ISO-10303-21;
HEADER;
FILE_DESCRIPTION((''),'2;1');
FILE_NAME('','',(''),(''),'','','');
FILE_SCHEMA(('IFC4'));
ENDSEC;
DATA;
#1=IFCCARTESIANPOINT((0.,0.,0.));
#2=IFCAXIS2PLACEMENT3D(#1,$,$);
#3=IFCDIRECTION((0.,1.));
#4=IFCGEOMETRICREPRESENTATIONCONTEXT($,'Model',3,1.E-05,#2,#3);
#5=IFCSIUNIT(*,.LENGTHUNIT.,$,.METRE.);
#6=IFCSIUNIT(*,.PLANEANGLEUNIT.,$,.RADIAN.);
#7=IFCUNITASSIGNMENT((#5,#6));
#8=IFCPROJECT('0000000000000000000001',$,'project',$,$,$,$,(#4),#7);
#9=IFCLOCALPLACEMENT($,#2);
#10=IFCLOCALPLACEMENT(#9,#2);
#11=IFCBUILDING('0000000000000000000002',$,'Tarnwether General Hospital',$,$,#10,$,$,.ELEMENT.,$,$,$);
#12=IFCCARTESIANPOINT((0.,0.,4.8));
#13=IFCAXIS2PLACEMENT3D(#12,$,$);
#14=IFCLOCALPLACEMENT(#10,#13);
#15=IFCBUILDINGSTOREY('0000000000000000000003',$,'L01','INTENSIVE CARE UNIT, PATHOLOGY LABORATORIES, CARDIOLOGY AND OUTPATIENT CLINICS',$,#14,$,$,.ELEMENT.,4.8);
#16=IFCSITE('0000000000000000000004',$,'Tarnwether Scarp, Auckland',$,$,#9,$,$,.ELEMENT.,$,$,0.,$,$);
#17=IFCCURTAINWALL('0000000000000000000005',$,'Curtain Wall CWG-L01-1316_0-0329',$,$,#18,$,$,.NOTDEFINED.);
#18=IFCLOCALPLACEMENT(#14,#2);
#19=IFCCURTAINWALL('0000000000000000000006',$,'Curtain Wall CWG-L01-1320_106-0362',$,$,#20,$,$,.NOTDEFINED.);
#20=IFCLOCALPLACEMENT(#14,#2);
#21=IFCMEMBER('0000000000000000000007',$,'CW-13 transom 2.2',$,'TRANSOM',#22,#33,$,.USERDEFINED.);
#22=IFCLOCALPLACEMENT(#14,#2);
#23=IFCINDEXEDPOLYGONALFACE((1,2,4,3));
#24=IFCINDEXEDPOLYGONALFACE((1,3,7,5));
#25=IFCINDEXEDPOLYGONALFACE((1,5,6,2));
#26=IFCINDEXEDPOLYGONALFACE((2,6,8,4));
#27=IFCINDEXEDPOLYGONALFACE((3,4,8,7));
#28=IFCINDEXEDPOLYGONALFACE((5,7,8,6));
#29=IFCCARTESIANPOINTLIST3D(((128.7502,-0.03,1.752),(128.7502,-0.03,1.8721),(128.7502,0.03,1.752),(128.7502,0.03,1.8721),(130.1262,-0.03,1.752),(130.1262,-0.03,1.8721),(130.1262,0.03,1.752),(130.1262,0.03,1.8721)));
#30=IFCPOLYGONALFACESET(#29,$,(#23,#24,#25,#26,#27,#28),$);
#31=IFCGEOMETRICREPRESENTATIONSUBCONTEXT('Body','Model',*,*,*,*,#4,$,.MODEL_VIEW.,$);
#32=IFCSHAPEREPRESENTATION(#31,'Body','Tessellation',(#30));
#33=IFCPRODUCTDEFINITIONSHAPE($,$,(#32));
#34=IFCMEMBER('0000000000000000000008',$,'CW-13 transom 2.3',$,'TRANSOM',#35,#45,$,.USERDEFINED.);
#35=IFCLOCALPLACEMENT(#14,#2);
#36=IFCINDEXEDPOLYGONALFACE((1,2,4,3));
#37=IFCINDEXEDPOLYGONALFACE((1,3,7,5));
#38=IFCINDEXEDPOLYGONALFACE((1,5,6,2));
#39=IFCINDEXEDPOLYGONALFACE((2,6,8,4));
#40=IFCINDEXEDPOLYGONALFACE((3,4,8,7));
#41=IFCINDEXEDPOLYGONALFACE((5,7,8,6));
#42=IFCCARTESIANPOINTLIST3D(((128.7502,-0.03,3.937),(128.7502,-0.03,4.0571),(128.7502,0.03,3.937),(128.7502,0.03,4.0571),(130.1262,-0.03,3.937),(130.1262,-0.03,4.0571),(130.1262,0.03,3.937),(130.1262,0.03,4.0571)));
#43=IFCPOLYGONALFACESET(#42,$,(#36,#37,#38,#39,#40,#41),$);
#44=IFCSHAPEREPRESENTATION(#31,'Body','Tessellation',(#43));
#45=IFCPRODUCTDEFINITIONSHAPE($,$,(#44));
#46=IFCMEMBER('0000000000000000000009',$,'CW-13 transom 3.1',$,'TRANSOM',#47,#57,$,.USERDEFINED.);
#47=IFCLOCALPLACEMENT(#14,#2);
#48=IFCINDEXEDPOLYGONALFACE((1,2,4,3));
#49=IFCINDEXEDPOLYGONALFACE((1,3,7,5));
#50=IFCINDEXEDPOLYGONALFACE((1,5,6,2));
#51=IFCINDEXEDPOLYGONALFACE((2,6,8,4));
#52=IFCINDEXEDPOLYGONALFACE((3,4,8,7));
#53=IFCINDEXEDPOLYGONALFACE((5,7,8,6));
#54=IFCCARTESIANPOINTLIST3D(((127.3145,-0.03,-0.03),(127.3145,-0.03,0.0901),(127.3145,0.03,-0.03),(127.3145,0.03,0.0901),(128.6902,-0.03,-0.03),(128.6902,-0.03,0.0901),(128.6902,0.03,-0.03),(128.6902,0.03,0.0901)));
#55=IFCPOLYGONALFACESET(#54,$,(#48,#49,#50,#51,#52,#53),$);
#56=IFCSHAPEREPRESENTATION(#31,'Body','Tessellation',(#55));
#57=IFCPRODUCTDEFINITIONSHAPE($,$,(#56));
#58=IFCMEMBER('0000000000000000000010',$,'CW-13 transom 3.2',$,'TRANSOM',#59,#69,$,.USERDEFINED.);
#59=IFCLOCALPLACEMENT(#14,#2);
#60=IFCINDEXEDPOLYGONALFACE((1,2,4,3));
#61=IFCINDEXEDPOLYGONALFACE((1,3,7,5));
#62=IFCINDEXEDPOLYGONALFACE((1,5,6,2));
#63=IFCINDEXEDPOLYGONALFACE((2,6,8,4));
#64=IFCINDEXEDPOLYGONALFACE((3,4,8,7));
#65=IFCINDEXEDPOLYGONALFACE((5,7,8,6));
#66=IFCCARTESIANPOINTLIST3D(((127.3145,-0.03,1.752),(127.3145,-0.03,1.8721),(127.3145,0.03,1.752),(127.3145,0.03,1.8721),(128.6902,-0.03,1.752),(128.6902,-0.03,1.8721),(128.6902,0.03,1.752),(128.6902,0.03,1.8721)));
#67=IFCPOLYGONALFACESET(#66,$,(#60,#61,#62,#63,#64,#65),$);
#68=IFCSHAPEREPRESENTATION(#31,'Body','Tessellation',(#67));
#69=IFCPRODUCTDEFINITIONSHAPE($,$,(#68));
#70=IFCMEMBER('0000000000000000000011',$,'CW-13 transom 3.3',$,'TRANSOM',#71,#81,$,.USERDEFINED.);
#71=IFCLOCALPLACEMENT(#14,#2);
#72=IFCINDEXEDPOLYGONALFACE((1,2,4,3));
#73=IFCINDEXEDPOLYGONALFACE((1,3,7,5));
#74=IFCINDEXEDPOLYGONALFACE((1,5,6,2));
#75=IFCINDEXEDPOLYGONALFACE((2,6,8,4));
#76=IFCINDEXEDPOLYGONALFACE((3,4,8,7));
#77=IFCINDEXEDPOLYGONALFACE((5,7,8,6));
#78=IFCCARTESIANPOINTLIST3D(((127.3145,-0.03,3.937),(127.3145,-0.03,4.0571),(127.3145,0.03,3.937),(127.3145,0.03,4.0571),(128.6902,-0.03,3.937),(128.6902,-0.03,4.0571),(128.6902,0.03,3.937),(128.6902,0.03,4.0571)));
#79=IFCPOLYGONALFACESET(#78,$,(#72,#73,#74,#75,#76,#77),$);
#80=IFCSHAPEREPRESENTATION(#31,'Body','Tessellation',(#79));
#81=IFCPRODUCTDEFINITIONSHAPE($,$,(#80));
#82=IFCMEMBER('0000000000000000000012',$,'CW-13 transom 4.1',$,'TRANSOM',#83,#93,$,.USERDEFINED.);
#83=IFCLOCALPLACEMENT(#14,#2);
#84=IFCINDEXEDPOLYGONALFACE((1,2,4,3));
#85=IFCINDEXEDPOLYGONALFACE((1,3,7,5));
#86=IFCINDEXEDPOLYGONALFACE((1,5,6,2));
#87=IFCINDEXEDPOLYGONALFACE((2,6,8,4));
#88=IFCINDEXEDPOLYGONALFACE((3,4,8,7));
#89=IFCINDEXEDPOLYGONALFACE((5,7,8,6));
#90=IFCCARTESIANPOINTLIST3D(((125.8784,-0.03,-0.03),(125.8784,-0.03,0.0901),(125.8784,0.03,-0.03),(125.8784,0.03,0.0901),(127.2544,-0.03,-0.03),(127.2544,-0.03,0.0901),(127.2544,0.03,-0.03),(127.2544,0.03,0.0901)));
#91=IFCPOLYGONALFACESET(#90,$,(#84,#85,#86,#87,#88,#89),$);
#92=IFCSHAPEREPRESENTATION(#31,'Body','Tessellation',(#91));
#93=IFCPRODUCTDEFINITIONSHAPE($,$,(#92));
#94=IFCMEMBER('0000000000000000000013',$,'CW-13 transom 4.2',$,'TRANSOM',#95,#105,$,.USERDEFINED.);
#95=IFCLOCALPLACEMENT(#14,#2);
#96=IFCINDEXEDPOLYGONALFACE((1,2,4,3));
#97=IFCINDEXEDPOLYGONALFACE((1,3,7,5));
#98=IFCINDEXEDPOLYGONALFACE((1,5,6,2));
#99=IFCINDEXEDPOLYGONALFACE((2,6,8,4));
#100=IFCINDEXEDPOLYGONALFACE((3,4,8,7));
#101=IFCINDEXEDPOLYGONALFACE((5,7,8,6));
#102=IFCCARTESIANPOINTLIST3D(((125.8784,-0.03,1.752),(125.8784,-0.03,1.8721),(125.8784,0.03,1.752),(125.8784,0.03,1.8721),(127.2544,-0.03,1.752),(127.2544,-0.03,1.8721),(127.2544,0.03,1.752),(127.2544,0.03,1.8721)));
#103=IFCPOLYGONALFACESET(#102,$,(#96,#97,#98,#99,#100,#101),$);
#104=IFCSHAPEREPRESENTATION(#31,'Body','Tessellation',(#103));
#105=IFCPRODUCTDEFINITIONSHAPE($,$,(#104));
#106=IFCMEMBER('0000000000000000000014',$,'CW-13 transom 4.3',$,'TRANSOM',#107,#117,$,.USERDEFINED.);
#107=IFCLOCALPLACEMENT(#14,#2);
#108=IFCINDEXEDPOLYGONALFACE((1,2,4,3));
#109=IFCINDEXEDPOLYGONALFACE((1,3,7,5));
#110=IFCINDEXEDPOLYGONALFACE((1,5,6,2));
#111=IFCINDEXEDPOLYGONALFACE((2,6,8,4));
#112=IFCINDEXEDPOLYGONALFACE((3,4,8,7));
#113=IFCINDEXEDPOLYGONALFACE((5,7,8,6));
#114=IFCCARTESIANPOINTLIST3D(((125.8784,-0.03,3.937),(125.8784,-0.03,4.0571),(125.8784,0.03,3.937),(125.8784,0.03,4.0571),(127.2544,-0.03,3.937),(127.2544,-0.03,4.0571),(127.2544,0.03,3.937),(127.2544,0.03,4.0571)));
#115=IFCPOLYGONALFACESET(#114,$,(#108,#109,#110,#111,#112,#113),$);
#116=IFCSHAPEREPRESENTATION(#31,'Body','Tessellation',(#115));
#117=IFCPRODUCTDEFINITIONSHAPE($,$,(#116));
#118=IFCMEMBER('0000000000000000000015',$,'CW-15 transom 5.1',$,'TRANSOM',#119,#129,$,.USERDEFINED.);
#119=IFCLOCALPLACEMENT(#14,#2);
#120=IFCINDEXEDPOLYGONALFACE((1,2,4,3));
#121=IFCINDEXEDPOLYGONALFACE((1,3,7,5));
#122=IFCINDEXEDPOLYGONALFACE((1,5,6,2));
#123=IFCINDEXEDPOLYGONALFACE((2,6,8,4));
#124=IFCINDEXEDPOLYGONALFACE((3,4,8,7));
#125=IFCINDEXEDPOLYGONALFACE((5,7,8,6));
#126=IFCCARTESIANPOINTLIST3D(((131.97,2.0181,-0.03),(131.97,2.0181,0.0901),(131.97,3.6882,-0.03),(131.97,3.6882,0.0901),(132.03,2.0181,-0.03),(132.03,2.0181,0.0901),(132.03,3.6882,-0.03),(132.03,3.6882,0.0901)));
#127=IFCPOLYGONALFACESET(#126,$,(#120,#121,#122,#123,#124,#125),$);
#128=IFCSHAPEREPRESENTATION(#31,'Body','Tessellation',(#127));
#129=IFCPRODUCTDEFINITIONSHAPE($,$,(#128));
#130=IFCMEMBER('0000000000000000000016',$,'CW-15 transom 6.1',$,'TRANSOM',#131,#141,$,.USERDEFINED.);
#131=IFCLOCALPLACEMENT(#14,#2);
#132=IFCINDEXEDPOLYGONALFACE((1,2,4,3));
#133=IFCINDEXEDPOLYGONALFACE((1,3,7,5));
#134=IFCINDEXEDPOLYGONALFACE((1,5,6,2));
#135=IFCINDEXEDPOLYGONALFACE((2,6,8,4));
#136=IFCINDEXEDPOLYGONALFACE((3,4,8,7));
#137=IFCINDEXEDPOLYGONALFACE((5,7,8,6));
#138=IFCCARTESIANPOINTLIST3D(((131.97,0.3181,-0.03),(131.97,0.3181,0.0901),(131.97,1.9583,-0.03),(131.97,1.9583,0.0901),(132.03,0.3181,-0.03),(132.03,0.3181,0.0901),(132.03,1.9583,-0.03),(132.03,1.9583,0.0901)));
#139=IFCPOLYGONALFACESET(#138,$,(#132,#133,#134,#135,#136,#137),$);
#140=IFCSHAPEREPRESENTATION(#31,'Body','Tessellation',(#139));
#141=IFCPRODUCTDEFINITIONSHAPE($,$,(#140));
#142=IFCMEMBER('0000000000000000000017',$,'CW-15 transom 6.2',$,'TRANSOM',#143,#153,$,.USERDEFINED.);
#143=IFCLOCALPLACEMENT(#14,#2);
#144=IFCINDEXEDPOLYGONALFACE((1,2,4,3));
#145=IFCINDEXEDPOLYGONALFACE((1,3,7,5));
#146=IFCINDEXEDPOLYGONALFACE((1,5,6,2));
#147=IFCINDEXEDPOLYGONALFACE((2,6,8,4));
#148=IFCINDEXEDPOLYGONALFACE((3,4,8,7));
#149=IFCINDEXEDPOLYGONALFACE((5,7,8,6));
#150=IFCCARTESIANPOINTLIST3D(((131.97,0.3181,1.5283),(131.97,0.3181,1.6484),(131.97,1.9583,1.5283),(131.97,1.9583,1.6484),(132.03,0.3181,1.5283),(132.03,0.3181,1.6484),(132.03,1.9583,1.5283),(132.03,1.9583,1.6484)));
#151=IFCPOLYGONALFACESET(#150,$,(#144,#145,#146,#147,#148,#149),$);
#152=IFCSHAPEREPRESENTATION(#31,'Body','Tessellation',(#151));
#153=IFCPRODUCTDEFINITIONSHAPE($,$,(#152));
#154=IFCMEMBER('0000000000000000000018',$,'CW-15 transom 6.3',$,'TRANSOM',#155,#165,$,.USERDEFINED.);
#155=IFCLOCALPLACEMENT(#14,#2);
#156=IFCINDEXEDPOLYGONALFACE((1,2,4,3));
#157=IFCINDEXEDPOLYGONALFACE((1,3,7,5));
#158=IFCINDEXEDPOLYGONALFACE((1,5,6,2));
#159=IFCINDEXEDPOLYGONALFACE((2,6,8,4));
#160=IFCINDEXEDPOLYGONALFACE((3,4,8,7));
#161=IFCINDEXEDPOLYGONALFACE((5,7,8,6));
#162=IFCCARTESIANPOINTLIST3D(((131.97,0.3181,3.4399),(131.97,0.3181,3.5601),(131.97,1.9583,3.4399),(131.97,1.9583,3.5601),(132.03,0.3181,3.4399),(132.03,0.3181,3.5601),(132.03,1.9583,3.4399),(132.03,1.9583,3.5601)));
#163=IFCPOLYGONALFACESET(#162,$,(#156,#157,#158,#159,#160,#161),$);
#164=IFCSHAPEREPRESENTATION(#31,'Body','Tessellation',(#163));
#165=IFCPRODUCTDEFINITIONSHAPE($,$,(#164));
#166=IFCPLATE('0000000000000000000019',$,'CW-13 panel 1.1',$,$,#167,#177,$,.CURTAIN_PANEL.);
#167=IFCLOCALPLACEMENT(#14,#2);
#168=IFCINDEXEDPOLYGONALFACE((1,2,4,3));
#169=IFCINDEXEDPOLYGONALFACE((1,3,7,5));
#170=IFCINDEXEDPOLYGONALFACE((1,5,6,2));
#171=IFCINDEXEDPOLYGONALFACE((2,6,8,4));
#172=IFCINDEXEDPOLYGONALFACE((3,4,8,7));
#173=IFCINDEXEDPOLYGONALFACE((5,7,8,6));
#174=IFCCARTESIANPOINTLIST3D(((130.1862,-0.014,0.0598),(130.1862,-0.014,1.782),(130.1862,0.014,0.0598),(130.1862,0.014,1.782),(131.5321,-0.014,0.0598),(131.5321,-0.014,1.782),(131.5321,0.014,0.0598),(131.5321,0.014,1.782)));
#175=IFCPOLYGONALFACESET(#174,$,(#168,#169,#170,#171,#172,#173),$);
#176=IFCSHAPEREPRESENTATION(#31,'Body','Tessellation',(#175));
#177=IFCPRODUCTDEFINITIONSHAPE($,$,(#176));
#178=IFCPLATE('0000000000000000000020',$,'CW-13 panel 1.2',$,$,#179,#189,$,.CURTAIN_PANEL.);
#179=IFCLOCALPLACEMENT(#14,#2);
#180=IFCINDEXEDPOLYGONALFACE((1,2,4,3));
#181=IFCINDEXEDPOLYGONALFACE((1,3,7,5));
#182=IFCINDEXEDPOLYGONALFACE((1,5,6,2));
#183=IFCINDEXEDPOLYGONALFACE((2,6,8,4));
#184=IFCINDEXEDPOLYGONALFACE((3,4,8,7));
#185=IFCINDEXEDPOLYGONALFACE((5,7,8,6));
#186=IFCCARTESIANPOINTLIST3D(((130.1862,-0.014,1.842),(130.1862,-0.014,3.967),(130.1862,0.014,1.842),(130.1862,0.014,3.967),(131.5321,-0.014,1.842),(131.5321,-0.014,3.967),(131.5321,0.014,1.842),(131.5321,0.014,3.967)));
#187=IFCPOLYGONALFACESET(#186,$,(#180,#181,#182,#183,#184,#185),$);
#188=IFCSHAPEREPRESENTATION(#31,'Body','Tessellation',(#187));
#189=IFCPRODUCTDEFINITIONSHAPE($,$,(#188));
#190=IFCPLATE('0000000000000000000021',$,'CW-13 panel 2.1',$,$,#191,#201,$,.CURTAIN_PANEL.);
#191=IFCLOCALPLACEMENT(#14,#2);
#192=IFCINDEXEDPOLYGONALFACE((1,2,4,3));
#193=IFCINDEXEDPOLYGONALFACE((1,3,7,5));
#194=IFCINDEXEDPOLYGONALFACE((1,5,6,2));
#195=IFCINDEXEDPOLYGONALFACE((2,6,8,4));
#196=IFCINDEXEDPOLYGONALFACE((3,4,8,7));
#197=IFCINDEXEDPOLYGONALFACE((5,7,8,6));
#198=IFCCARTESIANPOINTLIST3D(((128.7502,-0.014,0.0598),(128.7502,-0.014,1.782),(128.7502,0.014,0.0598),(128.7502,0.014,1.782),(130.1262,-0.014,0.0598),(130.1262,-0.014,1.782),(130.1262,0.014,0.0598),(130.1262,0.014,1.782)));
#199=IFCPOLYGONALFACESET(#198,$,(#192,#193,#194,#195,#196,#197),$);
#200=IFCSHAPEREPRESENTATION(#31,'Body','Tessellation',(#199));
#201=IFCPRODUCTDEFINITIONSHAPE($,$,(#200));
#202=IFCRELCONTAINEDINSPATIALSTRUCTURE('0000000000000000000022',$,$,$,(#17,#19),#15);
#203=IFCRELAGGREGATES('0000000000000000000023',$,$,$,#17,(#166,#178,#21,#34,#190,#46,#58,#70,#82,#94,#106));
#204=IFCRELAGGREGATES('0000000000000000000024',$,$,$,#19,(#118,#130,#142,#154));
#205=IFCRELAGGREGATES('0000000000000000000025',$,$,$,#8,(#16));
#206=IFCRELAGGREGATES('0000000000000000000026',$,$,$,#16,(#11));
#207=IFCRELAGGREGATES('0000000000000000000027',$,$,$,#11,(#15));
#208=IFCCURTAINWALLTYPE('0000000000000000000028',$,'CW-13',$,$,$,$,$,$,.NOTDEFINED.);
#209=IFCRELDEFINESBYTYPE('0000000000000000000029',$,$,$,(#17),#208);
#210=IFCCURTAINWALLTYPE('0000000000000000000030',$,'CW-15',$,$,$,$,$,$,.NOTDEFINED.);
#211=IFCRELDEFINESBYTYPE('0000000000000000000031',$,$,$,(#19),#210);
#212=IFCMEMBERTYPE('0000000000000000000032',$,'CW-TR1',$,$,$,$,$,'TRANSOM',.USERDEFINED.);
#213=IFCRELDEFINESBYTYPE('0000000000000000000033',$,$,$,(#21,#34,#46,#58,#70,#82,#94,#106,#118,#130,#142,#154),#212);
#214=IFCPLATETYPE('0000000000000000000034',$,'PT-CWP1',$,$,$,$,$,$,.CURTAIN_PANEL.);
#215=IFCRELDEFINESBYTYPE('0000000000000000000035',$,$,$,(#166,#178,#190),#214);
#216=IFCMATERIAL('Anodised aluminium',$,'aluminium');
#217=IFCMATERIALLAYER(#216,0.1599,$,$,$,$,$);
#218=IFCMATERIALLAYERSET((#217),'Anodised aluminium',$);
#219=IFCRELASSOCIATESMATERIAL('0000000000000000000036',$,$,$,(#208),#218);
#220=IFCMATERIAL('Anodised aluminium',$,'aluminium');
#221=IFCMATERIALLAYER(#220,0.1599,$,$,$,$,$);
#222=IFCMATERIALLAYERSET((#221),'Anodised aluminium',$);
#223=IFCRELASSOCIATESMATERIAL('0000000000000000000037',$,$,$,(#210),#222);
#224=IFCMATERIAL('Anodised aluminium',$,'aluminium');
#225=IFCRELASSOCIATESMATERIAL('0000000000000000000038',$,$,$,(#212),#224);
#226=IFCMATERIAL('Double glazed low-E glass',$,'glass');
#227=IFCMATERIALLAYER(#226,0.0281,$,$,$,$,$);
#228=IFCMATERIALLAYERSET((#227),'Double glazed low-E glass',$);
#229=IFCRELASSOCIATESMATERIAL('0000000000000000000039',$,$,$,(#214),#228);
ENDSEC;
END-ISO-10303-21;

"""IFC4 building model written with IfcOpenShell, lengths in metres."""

from ifc_helpers import new_model, si_unit, direction, frame, origin, origin_2d, place, context, subcontext, project, spatial, rectangle, extrude, material, layer, layer_set, material_profile, profile_set, type_object, element, aggregate, save


model = new_model("IFC4")

# Units and contexts
model_context = context("Model", 3, precision=1e-05, world=origin(), true_north=direction((0.0, 1.0)))
body_context = subcontext(model_context, "Body", "Model", "MODEL_VIEW")
ifc_project = project(units=[si_unit("LENGTHUNIT", "METRE"), si_unit("PLANEANGLEUNIT", "RADIAN")], contexts=[model_context])

# Site, building, storey
site_placement = place(None, origin())
site = spatial("IfcSite", under=ifc_project, at=site_placement, Name="Tarnwether Scarp, Auckland", CompositionType="ELEMENT", RefElevation=0.0)
building_placement = place(site_placement, origin())
building = spatial("IfcBuilding", under=site, at=building_placement, Name="Tarnwether General Hospital", CompositionType="ELEMENT")
storey_placement = place(building_placement, frame((0.0, 0.0, 4.8)))
storey = spatial("IfcBuildingStorey", under=building, at=storey_placement, Name="L01", Description="INTENSIVE CARE UNIT, PATHOLOGY LABORATORIES, CARDIOLOGY AND OUTPATIENT CLINICS", CompositionType="ELEMENT", Elevation=4.8)

# Curtain walls
ifc_material_1 = material(Name="Anodised aluminium", Category="aluminium")
ifc_layer_1 = layer(ifc_material_1, 0.1599)
ifc_layer_set_1 = layer_set([ifc_layer_1], Name="Anodised aluminium")
curtain_wall_type_1 = type_object("IfcCurtainWallType", Name="CW-13", PredefinedType="NOTDEFINED", material=ifc_layer_set_1)
curtain_wall_1_placement = place(storey_placement, origin())
curtain_wall_1 = element("IfcCurtainWall", 1, at=curtain_wall_1_placement, inside=storey, type_object=curtain_wall_type_1, Name="Curtain Wall CWG-L01-1316_0-0329", PredefinedType="NOTDEFINED")
ifc_material_2 = material(Name="Anodised aluminium", Category="aluminium")
ifc_layer_2 = layer(ifc_material_2, 0.1599)
ifc_layer_set_2 = layer_set([ifc_layer_2], Name="Anodised aluminium")
curtain_wall_type_2 = type_object("IfcCurtainWallType", Name="CW-15", PredefinedType="NOTDEFINED", material=ifc_layer_set_2)
curtain_wall_2_placement = place(storey_placement, origin())
curtain_wall_2 = element("IfcCurtainWall", 2, at=curtain_wall_2_placement, inside=storey, type_object=curtain_wall_type_2, Name="Curtain Wall CWG-L01-1320_106-0362", PredefinedType="NOTDEFINED")

# Members
ifc_material_3 = material(Name="Anodised aluminium", Category="aluminium")
ifc_material_profile_1 = material_profile(ifc_material_3, rectangle(XDim=0.0601, YDim=0.1201, at=origin_2d()), Name="ALU-TRN-60x120")
ifc_profile_set_1 = profile_set([ifc_material_profile_1], Name="Anodised aluminium")
member_type_1 = type_object("IfcMemberType", Name="CW-TR1", ElementType="TRANSOM", PredefinedType="USERDEFINED", material=ifc_profile_set_1)
member_1_placement = place(storey_placement, frame((130.1262, 0.0, 1.812), z_axis=(-1.0, 0.0, 0.0), x_axis=(0.0, -1.0, 0.0)))
member_1 = element("IfcMember", 3, at=member_1_placement, type_object=member_type_1, Name="CW-13 transom 2.2", ObjectType="TRANSOM", PredefinedType="USERDEFINED", context=body_context, shape_type="SweptSolid", body=[
    extrude(rectangle(XDim=0.0601, YDim=0.1201, at=origin_2d()), origin(), (0.0, 0.0, 1.0), 1.376),
])
member_2_placement = place(storey_placement, frame((130.1262, 0.0, 3.9971), z_axis=(-1.0, 0.0, 0.0), x_axis=(0.0, -1.0, 0.0)))
member_2 = element("IfcMember", 4, at=member_2_placement, type_object=member_type_1, Name="CW-13 transom 2.3", ObjectType="TRANSOM", PredefinedType="USERDEFINED", context=body_context, shape_type="SweptSolid", body=[
    extrude(rectangle(XDim=0.0601, YDim=0.1201, at=origin_2d()), origin(), (0.0, 0.0, 1.0), 1.376),
])
member_3_placement = place(storey_placement, frame((128.6902, 0.0, 0.03), z_axis=(-1.0, 0.0, 0.0), x_axis=(0.0, -1.0, 0.0)))
member_3 = element("IfcMember", 5, at=member_3_placement, type_object=member_type_1, Name="CW-13 transom 3.1", ObjectType="TRANSOM", PredefinedType="USERDEFINED", context=body_context, shape_type="SweptSolid", body=[
    extrude(rectangle(XDim=0.0601, YDim=0.1201, at=origin_2d()), origin(), (0.0, 0.0, 1.0), 1.3757),
])
member_4_placement = place(storey_placement, frame((128.6902, 0.0, 1.812), z_axis=(-1.0, 0.0, 0.0), x_axis=(0.0, -1.0, 0.0)))
member_4 = element("IfcMember", 6, at=member_4_placement, type_object=member_type_1, Name="CW-13 transom 3.2", ObjectType="TRANSOM", PredefinedType="USERDEFINED", context=body_context, shape_type="SweptSolid", body=[
    extrude(rectangle(XDim=0.0601, YDim=0.1201, at=origin_2d()), origin(), (0.0, 0.0, 1.0), 1.3757),
])
member_5_placement = place(storey_placement, frame((128.6902, 0.0, 3.9971), z_axis=(-1.0, 0.0, 0.0), x_axis=(0.0, -1.0, 0.0)))
member_5 = element("IfcMember", 7, at=member_5_placement, type_object=member_type_1, Name="CW-13 transom 3.3", ObjectType="TRANSOM", PredefinedType="USERDEFINED", context=body_context, shape_type="SweptSolid", body=[
    extrude(rectangle(XDim=0.0601, YDim=0.1201, at=origin_2d()), origin(), (0.0, 0.0, 1.0), 1.3757),
])
member_6_placement = place(storey_placement, frame((127.2544, 0.0, 0.03), z_axis=(-1.0, 0.0, 0.0), x_axis=(0.0, -1.0, 0.0)))
member_6 = element("IfcMember", 8, at=member_6_placement, type_object=member_type_1, Name="CW-13 transom 4.1", ObjectType="TRANSOM", PredefinedType="USERDEFINED", context=body_context, shape_type="SweptSolid", body=[
    extrude(rectangle(XDim=0.0601, YDim=0.1201, at=origin_2d()), origin(), (0.0, 0.0, 1.0), 1.376),
])
member_7_placement = place(storey_placement, frame((127.2544, 0.0, 1.812), z_axis=(-1.0, 0.0, 0.0), x_axis=(0.0, -1.0, 0.0)))
member_7 = element("IfcMember", 9, at=member_7_placement, type_object=member_type_1, Name="CW-13 transom 4.2", ObjectType="TRANSOM", PredefinedType="USERDEFINED", context=body_context, shape_type="SweptSolid", body=[
    extrude(rectangle(XDim=0.0601, YDim=0.1201, at=origin_2d()), origin(), (0.0, 0.0, 1.0), 1.376),
])
member_8_placement = place(storey_placement, frame((127.2544, 0.0, 3.9971), z_axis=(-1.0, 0.0, 0.0), x_axis=(0.0, -1.0, 0.0)))
member_8 = element("IfcMember", 10, at=member_8_placement, type_object=member_type_1, Name="CW-13 transom 4.3", ObjectType="TRANSOM", PredefinedType="USERDEFINED", context=body_context, shape_type="SweptSolid", body=[
    extrude(rectangle(XDim=0.0601, YDim=0.1201, at=origin_2d()), origin(), (0.0, 0.0, 1.0), 1.376),
])
member_9_placement = place(storey_placement, frame((132.0, 3.6882, 0.03), z_axis=(0.0, -1.0, 0.0), x_axis=(1.0, 0.0, 0.0)))
member_9 = element("IfcMember", 11, at=member_9_placement, type_object=member_type_1, Name="CW-15 transom 5.1", ObjectType="TRANSOM", PredefinedType="USERDEFINED", context=body_context, shape_type="SweptSolid", body=[
    extrude(rectangle(XDim=0.0601, YDim=0.1201, at=origin_2d()), origin(), (0.0, 0.0, 1.0), 1.6702),
])
member_10_placement = place(storey_placement, frame((132.0, 1.9583, 0.03), z_axis=(0.0, -1.0, 0.0), x_axis=(1.0, 0.0, 0.0)))
member_10 = element("IfcMember", 12, at=member_10_placement, type_object=member_type_1, Name="CW-15 transom 6.1", ObjectType="TRANSOM", PredefinedType="USERDEFINED", context=body_context, shape_type="SweptSolid", body=[
    extrude(rectangle(XDim=0.0601, YDim=0.1201, at=origin_2d()), origin(), (0.0, 0.0, 1.0), 1.6401),
])
member_11_placement = place(storey_placement, frame((132.0, 1.9583, 1.5884), z_axis=(0.0, -1.0, 0.0), x_axis=(1.0, 0.0, 0.0)))
member_11 = element("IfcMember", 13, at=member_11_placement, type_object=member_type_1, Name="CW-15 transom 6.2", ObjectType="TRANSOM", PredefinedType="USERDEFINED", context=body_context, shape_type="SweptSolid", body=[
    extrude(rectangle(XDim=0.0601, YDim=0.1201, at=origin_2d()), origin(), (0.0, 0.0, 1.0), 1.6401),
])
member_12_placement = place(storey_placement, frame((132.0, 1.9583, 3.5), z_axis=(0.0, -1.0, 0.0), x_axis=(1.0, 0.0, 0.0)))
member_12 = element("IfcMember", 14, at=member_12_placement, type_object=member_type_1, Name="CW-15 transom 6.3", ObjectType="TRANSOM", PredefinedType="USERDEFINED", context=body_context, shape_type="SweptSolid", body=[
    extrude(rectangle(XDim=0.0601, YDim=0.1201, at=origin_2d()), origin(), (0.0, 0.0, 1.0), 1.6401),
])

# Plates
ifc_material_4 = material(Name="Double glazed low-E glass", Category="glass")
ifc_layer_3 = layer(ifc_material_4, 0.0281)
ifc_layer_set_3 = layer_set([ifc_layer_3], Name="Double glazed low-E glass")
plate_type_1 = type_object("IfcPlateType", Name="PT-CWP1", PredefinedType="CURTAIN_PANEL", material=ifc_layer_set_3)
plate_1_placement = place(storey_placement, frame((130.8591, 0.0, 0.0598), z_axis=(0.0, 0.0, 1.0), x_axis=(-1.0, 0.0, 0.0)))
plate_1 = element("IfcPlate", 15, at=plate_1_placement, type_object=plate_type_1, Name="CW-13 panel 1.1", PredefinedType="CURTAIN_PANEL", context=body_context, shape_type="SweptSolid", body=[
    extrude(rectangle(XDim=1.3459, YDim=0.0281, at=origin_2d()), origin(), (0.0, 0.0, 1.0), 1.7222),
])
plate_2_placement = place(storey_placement, frame((130.8591, 0.0, 1.842), z_axis=(0.0, 0.0, 1.0), x_axis=(-1.0, 0.0, 0.0)))
plate_2 = element("IfcPlate", 16, at=plate_2_placement, type_object=plate_type_1, Name="CW-13 panel 1.2", PredefinedType="CURTAIN_PANEL", context=body_context, shape_type="SweptSolid", body=[
    extrude(rectangle(XDim=1.3459, YDim=0.0281, at=origin_2d()), origin(), (0.0, 0.0, 1.0), 2.125),
])
plate_3_placement = place(storey_placement, frame((129.4382, 0.0, 0.0598), z_axis=(0.0, 0.0, 1.0), x_axis=(-1.0, 0.0, 0.0)))
plate_3 = element("IfcPlate", 17, at=plate_3_placement, type_object=plate_type_1, Name="CW-13 panel 2.1", PredefinedType="CURTAIN_PANEL", context=body_context, shape_type="SweptSolid", body=[
    extrude(rectangle(XDim=1.376, YDim=0.0281, at=origin_2d()), origin(), (0.0, 0.0, 1.0), 1.7222),
])
aggregate(curtain_wall_1, [plate_1, plate_2, member_1, member_2, plate_3, member_3, member_4, member_5, member_6, member_7, member_8])
aggregate(curtain_wall_2, [member_9, member_10, member_11, member_12])

save(model, "model.ifc")
